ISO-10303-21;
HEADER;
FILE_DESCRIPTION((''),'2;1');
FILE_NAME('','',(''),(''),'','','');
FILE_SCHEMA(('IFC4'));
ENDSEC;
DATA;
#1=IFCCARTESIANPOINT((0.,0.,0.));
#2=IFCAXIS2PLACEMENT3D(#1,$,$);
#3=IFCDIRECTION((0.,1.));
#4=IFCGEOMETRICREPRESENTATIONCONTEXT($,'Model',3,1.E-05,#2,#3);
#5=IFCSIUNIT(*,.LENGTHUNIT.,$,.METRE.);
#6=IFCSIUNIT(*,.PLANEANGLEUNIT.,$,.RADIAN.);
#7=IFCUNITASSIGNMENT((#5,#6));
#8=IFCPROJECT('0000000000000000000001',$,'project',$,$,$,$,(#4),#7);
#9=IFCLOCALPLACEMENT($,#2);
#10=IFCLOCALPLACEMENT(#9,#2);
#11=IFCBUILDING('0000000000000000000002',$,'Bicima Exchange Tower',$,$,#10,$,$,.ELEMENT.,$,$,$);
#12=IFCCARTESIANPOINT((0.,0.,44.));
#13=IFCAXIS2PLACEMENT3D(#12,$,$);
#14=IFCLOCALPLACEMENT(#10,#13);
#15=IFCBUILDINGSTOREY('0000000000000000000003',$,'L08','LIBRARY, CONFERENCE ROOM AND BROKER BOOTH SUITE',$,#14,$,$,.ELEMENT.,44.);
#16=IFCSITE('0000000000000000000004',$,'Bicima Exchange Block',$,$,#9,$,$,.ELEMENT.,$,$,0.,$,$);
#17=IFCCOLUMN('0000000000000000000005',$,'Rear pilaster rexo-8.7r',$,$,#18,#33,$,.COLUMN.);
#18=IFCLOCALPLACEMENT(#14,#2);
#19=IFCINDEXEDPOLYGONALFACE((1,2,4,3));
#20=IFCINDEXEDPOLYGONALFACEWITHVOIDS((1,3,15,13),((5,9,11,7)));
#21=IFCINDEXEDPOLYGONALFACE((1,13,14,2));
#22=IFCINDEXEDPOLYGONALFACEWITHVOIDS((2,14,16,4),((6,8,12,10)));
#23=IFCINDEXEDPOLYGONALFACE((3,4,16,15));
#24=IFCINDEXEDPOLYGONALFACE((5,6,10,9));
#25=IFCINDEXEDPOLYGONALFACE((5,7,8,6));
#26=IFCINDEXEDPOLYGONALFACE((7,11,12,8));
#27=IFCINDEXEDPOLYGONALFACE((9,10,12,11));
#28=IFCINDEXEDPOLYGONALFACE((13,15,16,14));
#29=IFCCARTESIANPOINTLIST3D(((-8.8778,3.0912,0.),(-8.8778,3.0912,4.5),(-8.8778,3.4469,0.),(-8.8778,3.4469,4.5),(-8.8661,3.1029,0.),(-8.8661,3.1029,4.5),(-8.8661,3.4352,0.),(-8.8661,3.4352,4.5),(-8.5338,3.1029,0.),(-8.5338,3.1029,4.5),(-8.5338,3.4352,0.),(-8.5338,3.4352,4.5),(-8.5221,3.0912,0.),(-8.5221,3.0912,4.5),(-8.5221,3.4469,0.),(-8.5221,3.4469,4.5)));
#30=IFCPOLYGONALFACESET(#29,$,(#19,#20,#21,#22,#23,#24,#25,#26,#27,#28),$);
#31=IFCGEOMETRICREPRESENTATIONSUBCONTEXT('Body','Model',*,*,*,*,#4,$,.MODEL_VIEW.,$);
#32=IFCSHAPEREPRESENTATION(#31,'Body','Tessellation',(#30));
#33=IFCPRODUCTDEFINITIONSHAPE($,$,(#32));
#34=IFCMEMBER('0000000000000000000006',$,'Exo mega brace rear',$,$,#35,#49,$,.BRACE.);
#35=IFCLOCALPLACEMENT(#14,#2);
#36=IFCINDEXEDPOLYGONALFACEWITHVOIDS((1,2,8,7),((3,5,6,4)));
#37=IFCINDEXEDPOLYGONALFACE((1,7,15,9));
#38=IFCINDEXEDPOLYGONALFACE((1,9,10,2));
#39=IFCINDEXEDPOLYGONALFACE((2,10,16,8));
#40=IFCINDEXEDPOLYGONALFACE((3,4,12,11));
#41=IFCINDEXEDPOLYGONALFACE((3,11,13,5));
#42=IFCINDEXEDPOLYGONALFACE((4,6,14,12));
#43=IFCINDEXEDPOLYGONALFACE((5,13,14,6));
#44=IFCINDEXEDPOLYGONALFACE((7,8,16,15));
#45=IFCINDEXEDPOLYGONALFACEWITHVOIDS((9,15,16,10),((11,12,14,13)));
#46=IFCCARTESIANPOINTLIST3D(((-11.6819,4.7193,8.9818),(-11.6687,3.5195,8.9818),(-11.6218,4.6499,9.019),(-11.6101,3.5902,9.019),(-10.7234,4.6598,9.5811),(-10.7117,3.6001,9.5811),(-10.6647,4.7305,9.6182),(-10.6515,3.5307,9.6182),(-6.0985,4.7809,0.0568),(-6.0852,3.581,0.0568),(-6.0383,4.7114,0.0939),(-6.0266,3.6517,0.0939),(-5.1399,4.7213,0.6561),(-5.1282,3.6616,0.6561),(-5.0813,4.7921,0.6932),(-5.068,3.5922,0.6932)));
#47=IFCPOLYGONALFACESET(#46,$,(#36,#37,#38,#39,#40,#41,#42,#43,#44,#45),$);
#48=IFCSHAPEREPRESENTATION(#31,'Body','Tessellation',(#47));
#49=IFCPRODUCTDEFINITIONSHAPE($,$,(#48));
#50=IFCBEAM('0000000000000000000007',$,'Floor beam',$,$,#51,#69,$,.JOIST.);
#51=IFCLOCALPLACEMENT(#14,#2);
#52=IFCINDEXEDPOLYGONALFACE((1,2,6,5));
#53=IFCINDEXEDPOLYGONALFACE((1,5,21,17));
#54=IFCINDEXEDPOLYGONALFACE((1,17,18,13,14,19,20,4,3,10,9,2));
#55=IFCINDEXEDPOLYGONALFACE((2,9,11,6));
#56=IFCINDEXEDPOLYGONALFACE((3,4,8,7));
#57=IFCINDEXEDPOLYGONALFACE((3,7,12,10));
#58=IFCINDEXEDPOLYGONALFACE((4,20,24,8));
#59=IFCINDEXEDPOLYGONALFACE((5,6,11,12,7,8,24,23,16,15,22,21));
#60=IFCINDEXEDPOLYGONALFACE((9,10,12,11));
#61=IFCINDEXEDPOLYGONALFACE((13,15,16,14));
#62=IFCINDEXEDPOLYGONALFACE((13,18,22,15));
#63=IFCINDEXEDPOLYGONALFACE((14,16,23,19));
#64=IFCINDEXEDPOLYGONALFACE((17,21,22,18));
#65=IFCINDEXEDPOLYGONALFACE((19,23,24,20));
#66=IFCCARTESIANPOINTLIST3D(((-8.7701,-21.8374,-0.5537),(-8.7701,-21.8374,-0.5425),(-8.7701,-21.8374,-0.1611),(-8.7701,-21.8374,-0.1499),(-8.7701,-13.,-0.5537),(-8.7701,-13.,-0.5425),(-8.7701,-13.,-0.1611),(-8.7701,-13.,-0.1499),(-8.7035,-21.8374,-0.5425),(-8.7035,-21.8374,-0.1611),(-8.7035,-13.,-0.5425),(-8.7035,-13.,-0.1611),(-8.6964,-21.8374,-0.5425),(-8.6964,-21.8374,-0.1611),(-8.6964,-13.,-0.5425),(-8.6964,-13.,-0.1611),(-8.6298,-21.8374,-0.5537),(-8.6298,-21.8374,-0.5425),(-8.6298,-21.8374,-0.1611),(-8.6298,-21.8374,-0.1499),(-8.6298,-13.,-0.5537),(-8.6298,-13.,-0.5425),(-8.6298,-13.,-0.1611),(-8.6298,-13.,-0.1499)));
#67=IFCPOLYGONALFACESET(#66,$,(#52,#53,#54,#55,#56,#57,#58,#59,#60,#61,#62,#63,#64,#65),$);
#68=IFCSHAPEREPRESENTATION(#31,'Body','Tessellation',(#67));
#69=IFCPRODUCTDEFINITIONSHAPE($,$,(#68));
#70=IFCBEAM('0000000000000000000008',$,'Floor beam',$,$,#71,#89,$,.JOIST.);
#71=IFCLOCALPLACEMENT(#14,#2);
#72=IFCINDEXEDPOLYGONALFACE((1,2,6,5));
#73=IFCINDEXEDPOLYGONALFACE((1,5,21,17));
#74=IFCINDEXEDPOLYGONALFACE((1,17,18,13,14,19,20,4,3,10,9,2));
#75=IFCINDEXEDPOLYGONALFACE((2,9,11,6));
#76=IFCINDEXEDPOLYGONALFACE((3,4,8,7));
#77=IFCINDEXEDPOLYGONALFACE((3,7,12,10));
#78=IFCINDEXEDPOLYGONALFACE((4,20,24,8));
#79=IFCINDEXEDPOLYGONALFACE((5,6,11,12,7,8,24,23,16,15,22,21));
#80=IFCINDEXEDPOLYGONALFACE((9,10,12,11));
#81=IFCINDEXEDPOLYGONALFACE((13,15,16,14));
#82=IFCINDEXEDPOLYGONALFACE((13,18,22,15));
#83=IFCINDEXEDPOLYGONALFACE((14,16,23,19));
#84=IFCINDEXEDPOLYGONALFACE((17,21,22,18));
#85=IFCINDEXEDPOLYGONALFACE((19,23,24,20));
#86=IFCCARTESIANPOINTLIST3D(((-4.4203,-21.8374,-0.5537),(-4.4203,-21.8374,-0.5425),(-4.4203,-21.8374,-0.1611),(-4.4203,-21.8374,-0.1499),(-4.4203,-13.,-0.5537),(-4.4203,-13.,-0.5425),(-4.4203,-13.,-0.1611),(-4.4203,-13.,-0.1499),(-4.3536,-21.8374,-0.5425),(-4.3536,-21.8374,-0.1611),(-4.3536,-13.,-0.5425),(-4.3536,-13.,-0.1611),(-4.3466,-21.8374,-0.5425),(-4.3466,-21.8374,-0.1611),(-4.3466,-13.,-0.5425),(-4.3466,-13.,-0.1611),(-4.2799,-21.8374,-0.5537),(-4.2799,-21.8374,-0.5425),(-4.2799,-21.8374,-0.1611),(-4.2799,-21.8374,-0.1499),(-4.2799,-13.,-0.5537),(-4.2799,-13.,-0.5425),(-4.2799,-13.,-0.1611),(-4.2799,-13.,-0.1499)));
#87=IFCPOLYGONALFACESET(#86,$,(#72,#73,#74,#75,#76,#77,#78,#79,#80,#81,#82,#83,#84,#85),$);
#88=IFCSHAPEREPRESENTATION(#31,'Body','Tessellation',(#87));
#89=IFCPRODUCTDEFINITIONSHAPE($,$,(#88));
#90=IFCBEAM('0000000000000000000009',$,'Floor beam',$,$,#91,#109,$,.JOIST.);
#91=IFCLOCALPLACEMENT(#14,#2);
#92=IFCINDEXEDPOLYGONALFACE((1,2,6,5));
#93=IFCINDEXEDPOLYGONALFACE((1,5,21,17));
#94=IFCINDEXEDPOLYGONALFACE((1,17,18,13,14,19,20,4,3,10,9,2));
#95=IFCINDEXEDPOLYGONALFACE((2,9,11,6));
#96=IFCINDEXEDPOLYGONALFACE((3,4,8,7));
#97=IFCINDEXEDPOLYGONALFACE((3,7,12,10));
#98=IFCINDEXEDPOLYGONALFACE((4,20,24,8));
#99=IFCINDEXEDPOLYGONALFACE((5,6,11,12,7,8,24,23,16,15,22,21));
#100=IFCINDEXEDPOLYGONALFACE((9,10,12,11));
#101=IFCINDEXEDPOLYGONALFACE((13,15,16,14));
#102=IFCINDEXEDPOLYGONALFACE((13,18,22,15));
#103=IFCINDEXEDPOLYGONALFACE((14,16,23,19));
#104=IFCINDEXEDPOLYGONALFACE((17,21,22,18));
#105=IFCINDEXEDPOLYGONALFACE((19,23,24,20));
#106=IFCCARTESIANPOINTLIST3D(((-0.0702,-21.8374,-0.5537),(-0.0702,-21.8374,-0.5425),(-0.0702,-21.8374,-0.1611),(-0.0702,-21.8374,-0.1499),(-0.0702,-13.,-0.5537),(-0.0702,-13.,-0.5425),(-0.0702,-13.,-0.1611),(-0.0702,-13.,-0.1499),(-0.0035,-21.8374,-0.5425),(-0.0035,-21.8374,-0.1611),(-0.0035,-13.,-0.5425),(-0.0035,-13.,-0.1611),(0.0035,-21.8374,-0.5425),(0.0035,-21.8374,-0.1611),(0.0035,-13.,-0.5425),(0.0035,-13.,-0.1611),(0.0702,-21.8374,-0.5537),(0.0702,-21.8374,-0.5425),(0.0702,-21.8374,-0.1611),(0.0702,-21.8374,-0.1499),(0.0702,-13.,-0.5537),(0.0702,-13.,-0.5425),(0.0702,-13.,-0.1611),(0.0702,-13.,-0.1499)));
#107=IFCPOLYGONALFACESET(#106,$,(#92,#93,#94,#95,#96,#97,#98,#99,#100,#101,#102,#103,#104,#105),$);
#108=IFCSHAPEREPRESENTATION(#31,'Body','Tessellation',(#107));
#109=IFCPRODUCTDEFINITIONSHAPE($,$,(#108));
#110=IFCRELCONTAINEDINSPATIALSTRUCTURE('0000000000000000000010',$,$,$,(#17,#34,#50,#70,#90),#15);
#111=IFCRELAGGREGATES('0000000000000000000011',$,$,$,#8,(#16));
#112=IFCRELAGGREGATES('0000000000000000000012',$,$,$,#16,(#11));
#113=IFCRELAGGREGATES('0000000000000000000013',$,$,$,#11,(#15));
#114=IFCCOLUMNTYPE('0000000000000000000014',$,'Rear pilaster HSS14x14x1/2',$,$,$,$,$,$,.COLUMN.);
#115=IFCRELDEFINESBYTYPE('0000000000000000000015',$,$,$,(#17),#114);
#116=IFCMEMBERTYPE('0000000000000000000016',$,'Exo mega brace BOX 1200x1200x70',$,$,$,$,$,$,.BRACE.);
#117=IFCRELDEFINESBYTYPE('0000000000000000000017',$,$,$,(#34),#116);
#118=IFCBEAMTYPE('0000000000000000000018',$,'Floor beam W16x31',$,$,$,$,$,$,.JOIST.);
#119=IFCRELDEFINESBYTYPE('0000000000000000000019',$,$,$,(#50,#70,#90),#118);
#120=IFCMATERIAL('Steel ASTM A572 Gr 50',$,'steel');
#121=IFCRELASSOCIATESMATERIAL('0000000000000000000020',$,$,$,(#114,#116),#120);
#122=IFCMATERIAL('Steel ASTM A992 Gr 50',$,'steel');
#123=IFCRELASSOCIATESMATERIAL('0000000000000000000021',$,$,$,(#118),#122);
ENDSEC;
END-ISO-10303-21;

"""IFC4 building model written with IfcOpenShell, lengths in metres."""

from ifc_helpers import new_model, si_unit, direction, frame, origin, origin_2d, place, context, subcontext, project, spatial, hollow_rectangle, i_section, extrude, material, material_profile, profile_set, type_object, element, save


model = new_model("IFC4")

# Units and contexts
model_context = context("Model", 3, precision=1e-05, world=origin(), true_north=direction((0.0, 1.0)))
body_context = subcontext(model_context, "Body", "Model", "MODEL_VIEW")
ifc_project = project(units=[si_unit("LENGTHUNIT", "METRE"), si_unit("PLANEANGLEUNIT", "RADIAN")], contexts=[model_context])

# Site, building, storey
site_placement = place(None, origin())
site = spatial("IfcSite", under=ifc_project, at=site_placement, Name="Bicima Exchange Block", CompositionType="ELEMENT", RefElevation=0.0)
building_placement = place(site_placement, origin())
building = spatial("IfcBuilding", under=site, at=building_placement, Name="Bicima Exchange Tower", CompositionType="ELEMENT")
storey_placement = place(building_placement, frame((0.0, 0.0, 44.0)))
storey = spatial("IfcBuildingStorey", under=building, at=storey_placement, Name="L08", Description="LIBRARY, CONFERENCE ROOM AND BROKER BOOTH SUITE", CompositionType="ELEMENT", Elevation=44.0)

# Column
ifc_material_1 = material(Name="Steel ASTM A572 Gr 50", Category="steel")
ifc_material_profile_1 = material_profile(ifc_material_1, hollow_rectangle(XDim=0.3557, YDim=0.3557, WallThickness=0.0117, at=origin_2d()))
ifc_profile_set_1 = profile_set([ifc_material_profile_1], Name="Steel ASTM A572 Gr 50")
column_type = type_object("IfcColumnType", Name="Rear pilaster HSS14x14x1/2", PredefinedType="COLUMN", material=ifc_profile_set_1)
column_placement = place(storey_placement, frame((-8.7, 3.269, 0.0), z_axis=(0.0, 0.0, 1.0), x_axis=(1.0, 0.0, 0.0)))
element("IfcColumn", 1, at=column_placement, inside=storey, type_object=column_type, Name="Rear pilaster rexo-8.7r", PredefinedType="COLUMN", context=body_context, shape_type="SweptSolid", body=[
    extrude(hollow_rectangle(XDim=0.3557, YDim=0.3557, WallThickness=0.0117, at=origin_2d()), origin(), (0.0, 0.0, 1.0), 4.5),
])

# Member
ifc_material_profile_2 = material_profile(ifc_material_1, hollow_rectangle(XDim=1.2, YDim=1.2, WallThickness=0.0701, at=origin_2d()))
ifc_profile_set_2 = profile_set([ifc_material_profile_2], Name="Steel ASTM A572 Gr 50")
member_type = type_object("IfcMemberType", Name="Exo mega brace BOX 1200x1200x70", PredefinedType="BRACE", material=ifc_profile_set_2)
member_placement = place(storey_placement, frame((-5.5833, 4.1865, 0.375), z_axis=(-0.530355, -0.005844, 0.847756), x_axis=(0.011018, -0.999939, 0.0)))
element("IfcMember", 2, at=member_placement, inside=storey, type_object=member_type, Name="Exo mega brace rear", PredefinedType="BRACE", context=body_context, shape_type="SweptSolid", body=[
    extrude(hollow_rectangle(XDim=1.2, YDim=1.2, WallThickness=0.0701, at=origin_2d()), origin(), (0.0, 0.0, 1.0), 10.5278),
])

# Beams
ifc_material_2 = material(Name="Steel ASTM A992 Gr 50", Category="steel")
ifc_material_profile_3 = material_profile(ifc_material_2, i_section(OverallWidth=0.1404, OverallDepth=0.4038, WebThickness=0.0071, FlangeThickness=0.0112, at=origin_2d()))
ifc_profile_set_3 = profile_set([ifc_material_profile_3], Name="Steel ASTM A992 Gr 50")
beam_type = type_object("IfcBeamType", Name="Floor beam W16x31", PredefinedType="JOIST", material=ifc_profile_set_3)
for number, where, z_axis, x_axis, name in (
    (3, (-8.7, -13.0, -0.3518), (0.0, -1.0, 0.0), (1.0, 0.0, 0.0), "Floor beam"),
    (4, (-4.3501, -13.0, -0.3518), (0.0, -1.0, 0.0), (1.0, 0.0, 0.0), "Floor beam"),
    (5, (0.0, -13.0, -0.3518), (0.0, -1.0, 0.0), (1.0, 0.0, 0.0), "Floor beam"),
):
    element("IfcBeam", number, at=place(storey_placement, frame(where, z_axis=z_axis, x_axis=x_axis)), inside=storey, type_object=beam_type, Name=name, PredefinedType="JOIST", context=body_context, shape_type="SweptSolid", body=[
        extrude(i_section(OverallWidth=0.1404, OverallDepth=0.4038, WebThickness=0.0071, FlangeThickness=0.0112, at=origin_2d()), origin(), (0.0, 0.0, 1.0), 8.8374),
    ])

save(model, "model.ifc")
